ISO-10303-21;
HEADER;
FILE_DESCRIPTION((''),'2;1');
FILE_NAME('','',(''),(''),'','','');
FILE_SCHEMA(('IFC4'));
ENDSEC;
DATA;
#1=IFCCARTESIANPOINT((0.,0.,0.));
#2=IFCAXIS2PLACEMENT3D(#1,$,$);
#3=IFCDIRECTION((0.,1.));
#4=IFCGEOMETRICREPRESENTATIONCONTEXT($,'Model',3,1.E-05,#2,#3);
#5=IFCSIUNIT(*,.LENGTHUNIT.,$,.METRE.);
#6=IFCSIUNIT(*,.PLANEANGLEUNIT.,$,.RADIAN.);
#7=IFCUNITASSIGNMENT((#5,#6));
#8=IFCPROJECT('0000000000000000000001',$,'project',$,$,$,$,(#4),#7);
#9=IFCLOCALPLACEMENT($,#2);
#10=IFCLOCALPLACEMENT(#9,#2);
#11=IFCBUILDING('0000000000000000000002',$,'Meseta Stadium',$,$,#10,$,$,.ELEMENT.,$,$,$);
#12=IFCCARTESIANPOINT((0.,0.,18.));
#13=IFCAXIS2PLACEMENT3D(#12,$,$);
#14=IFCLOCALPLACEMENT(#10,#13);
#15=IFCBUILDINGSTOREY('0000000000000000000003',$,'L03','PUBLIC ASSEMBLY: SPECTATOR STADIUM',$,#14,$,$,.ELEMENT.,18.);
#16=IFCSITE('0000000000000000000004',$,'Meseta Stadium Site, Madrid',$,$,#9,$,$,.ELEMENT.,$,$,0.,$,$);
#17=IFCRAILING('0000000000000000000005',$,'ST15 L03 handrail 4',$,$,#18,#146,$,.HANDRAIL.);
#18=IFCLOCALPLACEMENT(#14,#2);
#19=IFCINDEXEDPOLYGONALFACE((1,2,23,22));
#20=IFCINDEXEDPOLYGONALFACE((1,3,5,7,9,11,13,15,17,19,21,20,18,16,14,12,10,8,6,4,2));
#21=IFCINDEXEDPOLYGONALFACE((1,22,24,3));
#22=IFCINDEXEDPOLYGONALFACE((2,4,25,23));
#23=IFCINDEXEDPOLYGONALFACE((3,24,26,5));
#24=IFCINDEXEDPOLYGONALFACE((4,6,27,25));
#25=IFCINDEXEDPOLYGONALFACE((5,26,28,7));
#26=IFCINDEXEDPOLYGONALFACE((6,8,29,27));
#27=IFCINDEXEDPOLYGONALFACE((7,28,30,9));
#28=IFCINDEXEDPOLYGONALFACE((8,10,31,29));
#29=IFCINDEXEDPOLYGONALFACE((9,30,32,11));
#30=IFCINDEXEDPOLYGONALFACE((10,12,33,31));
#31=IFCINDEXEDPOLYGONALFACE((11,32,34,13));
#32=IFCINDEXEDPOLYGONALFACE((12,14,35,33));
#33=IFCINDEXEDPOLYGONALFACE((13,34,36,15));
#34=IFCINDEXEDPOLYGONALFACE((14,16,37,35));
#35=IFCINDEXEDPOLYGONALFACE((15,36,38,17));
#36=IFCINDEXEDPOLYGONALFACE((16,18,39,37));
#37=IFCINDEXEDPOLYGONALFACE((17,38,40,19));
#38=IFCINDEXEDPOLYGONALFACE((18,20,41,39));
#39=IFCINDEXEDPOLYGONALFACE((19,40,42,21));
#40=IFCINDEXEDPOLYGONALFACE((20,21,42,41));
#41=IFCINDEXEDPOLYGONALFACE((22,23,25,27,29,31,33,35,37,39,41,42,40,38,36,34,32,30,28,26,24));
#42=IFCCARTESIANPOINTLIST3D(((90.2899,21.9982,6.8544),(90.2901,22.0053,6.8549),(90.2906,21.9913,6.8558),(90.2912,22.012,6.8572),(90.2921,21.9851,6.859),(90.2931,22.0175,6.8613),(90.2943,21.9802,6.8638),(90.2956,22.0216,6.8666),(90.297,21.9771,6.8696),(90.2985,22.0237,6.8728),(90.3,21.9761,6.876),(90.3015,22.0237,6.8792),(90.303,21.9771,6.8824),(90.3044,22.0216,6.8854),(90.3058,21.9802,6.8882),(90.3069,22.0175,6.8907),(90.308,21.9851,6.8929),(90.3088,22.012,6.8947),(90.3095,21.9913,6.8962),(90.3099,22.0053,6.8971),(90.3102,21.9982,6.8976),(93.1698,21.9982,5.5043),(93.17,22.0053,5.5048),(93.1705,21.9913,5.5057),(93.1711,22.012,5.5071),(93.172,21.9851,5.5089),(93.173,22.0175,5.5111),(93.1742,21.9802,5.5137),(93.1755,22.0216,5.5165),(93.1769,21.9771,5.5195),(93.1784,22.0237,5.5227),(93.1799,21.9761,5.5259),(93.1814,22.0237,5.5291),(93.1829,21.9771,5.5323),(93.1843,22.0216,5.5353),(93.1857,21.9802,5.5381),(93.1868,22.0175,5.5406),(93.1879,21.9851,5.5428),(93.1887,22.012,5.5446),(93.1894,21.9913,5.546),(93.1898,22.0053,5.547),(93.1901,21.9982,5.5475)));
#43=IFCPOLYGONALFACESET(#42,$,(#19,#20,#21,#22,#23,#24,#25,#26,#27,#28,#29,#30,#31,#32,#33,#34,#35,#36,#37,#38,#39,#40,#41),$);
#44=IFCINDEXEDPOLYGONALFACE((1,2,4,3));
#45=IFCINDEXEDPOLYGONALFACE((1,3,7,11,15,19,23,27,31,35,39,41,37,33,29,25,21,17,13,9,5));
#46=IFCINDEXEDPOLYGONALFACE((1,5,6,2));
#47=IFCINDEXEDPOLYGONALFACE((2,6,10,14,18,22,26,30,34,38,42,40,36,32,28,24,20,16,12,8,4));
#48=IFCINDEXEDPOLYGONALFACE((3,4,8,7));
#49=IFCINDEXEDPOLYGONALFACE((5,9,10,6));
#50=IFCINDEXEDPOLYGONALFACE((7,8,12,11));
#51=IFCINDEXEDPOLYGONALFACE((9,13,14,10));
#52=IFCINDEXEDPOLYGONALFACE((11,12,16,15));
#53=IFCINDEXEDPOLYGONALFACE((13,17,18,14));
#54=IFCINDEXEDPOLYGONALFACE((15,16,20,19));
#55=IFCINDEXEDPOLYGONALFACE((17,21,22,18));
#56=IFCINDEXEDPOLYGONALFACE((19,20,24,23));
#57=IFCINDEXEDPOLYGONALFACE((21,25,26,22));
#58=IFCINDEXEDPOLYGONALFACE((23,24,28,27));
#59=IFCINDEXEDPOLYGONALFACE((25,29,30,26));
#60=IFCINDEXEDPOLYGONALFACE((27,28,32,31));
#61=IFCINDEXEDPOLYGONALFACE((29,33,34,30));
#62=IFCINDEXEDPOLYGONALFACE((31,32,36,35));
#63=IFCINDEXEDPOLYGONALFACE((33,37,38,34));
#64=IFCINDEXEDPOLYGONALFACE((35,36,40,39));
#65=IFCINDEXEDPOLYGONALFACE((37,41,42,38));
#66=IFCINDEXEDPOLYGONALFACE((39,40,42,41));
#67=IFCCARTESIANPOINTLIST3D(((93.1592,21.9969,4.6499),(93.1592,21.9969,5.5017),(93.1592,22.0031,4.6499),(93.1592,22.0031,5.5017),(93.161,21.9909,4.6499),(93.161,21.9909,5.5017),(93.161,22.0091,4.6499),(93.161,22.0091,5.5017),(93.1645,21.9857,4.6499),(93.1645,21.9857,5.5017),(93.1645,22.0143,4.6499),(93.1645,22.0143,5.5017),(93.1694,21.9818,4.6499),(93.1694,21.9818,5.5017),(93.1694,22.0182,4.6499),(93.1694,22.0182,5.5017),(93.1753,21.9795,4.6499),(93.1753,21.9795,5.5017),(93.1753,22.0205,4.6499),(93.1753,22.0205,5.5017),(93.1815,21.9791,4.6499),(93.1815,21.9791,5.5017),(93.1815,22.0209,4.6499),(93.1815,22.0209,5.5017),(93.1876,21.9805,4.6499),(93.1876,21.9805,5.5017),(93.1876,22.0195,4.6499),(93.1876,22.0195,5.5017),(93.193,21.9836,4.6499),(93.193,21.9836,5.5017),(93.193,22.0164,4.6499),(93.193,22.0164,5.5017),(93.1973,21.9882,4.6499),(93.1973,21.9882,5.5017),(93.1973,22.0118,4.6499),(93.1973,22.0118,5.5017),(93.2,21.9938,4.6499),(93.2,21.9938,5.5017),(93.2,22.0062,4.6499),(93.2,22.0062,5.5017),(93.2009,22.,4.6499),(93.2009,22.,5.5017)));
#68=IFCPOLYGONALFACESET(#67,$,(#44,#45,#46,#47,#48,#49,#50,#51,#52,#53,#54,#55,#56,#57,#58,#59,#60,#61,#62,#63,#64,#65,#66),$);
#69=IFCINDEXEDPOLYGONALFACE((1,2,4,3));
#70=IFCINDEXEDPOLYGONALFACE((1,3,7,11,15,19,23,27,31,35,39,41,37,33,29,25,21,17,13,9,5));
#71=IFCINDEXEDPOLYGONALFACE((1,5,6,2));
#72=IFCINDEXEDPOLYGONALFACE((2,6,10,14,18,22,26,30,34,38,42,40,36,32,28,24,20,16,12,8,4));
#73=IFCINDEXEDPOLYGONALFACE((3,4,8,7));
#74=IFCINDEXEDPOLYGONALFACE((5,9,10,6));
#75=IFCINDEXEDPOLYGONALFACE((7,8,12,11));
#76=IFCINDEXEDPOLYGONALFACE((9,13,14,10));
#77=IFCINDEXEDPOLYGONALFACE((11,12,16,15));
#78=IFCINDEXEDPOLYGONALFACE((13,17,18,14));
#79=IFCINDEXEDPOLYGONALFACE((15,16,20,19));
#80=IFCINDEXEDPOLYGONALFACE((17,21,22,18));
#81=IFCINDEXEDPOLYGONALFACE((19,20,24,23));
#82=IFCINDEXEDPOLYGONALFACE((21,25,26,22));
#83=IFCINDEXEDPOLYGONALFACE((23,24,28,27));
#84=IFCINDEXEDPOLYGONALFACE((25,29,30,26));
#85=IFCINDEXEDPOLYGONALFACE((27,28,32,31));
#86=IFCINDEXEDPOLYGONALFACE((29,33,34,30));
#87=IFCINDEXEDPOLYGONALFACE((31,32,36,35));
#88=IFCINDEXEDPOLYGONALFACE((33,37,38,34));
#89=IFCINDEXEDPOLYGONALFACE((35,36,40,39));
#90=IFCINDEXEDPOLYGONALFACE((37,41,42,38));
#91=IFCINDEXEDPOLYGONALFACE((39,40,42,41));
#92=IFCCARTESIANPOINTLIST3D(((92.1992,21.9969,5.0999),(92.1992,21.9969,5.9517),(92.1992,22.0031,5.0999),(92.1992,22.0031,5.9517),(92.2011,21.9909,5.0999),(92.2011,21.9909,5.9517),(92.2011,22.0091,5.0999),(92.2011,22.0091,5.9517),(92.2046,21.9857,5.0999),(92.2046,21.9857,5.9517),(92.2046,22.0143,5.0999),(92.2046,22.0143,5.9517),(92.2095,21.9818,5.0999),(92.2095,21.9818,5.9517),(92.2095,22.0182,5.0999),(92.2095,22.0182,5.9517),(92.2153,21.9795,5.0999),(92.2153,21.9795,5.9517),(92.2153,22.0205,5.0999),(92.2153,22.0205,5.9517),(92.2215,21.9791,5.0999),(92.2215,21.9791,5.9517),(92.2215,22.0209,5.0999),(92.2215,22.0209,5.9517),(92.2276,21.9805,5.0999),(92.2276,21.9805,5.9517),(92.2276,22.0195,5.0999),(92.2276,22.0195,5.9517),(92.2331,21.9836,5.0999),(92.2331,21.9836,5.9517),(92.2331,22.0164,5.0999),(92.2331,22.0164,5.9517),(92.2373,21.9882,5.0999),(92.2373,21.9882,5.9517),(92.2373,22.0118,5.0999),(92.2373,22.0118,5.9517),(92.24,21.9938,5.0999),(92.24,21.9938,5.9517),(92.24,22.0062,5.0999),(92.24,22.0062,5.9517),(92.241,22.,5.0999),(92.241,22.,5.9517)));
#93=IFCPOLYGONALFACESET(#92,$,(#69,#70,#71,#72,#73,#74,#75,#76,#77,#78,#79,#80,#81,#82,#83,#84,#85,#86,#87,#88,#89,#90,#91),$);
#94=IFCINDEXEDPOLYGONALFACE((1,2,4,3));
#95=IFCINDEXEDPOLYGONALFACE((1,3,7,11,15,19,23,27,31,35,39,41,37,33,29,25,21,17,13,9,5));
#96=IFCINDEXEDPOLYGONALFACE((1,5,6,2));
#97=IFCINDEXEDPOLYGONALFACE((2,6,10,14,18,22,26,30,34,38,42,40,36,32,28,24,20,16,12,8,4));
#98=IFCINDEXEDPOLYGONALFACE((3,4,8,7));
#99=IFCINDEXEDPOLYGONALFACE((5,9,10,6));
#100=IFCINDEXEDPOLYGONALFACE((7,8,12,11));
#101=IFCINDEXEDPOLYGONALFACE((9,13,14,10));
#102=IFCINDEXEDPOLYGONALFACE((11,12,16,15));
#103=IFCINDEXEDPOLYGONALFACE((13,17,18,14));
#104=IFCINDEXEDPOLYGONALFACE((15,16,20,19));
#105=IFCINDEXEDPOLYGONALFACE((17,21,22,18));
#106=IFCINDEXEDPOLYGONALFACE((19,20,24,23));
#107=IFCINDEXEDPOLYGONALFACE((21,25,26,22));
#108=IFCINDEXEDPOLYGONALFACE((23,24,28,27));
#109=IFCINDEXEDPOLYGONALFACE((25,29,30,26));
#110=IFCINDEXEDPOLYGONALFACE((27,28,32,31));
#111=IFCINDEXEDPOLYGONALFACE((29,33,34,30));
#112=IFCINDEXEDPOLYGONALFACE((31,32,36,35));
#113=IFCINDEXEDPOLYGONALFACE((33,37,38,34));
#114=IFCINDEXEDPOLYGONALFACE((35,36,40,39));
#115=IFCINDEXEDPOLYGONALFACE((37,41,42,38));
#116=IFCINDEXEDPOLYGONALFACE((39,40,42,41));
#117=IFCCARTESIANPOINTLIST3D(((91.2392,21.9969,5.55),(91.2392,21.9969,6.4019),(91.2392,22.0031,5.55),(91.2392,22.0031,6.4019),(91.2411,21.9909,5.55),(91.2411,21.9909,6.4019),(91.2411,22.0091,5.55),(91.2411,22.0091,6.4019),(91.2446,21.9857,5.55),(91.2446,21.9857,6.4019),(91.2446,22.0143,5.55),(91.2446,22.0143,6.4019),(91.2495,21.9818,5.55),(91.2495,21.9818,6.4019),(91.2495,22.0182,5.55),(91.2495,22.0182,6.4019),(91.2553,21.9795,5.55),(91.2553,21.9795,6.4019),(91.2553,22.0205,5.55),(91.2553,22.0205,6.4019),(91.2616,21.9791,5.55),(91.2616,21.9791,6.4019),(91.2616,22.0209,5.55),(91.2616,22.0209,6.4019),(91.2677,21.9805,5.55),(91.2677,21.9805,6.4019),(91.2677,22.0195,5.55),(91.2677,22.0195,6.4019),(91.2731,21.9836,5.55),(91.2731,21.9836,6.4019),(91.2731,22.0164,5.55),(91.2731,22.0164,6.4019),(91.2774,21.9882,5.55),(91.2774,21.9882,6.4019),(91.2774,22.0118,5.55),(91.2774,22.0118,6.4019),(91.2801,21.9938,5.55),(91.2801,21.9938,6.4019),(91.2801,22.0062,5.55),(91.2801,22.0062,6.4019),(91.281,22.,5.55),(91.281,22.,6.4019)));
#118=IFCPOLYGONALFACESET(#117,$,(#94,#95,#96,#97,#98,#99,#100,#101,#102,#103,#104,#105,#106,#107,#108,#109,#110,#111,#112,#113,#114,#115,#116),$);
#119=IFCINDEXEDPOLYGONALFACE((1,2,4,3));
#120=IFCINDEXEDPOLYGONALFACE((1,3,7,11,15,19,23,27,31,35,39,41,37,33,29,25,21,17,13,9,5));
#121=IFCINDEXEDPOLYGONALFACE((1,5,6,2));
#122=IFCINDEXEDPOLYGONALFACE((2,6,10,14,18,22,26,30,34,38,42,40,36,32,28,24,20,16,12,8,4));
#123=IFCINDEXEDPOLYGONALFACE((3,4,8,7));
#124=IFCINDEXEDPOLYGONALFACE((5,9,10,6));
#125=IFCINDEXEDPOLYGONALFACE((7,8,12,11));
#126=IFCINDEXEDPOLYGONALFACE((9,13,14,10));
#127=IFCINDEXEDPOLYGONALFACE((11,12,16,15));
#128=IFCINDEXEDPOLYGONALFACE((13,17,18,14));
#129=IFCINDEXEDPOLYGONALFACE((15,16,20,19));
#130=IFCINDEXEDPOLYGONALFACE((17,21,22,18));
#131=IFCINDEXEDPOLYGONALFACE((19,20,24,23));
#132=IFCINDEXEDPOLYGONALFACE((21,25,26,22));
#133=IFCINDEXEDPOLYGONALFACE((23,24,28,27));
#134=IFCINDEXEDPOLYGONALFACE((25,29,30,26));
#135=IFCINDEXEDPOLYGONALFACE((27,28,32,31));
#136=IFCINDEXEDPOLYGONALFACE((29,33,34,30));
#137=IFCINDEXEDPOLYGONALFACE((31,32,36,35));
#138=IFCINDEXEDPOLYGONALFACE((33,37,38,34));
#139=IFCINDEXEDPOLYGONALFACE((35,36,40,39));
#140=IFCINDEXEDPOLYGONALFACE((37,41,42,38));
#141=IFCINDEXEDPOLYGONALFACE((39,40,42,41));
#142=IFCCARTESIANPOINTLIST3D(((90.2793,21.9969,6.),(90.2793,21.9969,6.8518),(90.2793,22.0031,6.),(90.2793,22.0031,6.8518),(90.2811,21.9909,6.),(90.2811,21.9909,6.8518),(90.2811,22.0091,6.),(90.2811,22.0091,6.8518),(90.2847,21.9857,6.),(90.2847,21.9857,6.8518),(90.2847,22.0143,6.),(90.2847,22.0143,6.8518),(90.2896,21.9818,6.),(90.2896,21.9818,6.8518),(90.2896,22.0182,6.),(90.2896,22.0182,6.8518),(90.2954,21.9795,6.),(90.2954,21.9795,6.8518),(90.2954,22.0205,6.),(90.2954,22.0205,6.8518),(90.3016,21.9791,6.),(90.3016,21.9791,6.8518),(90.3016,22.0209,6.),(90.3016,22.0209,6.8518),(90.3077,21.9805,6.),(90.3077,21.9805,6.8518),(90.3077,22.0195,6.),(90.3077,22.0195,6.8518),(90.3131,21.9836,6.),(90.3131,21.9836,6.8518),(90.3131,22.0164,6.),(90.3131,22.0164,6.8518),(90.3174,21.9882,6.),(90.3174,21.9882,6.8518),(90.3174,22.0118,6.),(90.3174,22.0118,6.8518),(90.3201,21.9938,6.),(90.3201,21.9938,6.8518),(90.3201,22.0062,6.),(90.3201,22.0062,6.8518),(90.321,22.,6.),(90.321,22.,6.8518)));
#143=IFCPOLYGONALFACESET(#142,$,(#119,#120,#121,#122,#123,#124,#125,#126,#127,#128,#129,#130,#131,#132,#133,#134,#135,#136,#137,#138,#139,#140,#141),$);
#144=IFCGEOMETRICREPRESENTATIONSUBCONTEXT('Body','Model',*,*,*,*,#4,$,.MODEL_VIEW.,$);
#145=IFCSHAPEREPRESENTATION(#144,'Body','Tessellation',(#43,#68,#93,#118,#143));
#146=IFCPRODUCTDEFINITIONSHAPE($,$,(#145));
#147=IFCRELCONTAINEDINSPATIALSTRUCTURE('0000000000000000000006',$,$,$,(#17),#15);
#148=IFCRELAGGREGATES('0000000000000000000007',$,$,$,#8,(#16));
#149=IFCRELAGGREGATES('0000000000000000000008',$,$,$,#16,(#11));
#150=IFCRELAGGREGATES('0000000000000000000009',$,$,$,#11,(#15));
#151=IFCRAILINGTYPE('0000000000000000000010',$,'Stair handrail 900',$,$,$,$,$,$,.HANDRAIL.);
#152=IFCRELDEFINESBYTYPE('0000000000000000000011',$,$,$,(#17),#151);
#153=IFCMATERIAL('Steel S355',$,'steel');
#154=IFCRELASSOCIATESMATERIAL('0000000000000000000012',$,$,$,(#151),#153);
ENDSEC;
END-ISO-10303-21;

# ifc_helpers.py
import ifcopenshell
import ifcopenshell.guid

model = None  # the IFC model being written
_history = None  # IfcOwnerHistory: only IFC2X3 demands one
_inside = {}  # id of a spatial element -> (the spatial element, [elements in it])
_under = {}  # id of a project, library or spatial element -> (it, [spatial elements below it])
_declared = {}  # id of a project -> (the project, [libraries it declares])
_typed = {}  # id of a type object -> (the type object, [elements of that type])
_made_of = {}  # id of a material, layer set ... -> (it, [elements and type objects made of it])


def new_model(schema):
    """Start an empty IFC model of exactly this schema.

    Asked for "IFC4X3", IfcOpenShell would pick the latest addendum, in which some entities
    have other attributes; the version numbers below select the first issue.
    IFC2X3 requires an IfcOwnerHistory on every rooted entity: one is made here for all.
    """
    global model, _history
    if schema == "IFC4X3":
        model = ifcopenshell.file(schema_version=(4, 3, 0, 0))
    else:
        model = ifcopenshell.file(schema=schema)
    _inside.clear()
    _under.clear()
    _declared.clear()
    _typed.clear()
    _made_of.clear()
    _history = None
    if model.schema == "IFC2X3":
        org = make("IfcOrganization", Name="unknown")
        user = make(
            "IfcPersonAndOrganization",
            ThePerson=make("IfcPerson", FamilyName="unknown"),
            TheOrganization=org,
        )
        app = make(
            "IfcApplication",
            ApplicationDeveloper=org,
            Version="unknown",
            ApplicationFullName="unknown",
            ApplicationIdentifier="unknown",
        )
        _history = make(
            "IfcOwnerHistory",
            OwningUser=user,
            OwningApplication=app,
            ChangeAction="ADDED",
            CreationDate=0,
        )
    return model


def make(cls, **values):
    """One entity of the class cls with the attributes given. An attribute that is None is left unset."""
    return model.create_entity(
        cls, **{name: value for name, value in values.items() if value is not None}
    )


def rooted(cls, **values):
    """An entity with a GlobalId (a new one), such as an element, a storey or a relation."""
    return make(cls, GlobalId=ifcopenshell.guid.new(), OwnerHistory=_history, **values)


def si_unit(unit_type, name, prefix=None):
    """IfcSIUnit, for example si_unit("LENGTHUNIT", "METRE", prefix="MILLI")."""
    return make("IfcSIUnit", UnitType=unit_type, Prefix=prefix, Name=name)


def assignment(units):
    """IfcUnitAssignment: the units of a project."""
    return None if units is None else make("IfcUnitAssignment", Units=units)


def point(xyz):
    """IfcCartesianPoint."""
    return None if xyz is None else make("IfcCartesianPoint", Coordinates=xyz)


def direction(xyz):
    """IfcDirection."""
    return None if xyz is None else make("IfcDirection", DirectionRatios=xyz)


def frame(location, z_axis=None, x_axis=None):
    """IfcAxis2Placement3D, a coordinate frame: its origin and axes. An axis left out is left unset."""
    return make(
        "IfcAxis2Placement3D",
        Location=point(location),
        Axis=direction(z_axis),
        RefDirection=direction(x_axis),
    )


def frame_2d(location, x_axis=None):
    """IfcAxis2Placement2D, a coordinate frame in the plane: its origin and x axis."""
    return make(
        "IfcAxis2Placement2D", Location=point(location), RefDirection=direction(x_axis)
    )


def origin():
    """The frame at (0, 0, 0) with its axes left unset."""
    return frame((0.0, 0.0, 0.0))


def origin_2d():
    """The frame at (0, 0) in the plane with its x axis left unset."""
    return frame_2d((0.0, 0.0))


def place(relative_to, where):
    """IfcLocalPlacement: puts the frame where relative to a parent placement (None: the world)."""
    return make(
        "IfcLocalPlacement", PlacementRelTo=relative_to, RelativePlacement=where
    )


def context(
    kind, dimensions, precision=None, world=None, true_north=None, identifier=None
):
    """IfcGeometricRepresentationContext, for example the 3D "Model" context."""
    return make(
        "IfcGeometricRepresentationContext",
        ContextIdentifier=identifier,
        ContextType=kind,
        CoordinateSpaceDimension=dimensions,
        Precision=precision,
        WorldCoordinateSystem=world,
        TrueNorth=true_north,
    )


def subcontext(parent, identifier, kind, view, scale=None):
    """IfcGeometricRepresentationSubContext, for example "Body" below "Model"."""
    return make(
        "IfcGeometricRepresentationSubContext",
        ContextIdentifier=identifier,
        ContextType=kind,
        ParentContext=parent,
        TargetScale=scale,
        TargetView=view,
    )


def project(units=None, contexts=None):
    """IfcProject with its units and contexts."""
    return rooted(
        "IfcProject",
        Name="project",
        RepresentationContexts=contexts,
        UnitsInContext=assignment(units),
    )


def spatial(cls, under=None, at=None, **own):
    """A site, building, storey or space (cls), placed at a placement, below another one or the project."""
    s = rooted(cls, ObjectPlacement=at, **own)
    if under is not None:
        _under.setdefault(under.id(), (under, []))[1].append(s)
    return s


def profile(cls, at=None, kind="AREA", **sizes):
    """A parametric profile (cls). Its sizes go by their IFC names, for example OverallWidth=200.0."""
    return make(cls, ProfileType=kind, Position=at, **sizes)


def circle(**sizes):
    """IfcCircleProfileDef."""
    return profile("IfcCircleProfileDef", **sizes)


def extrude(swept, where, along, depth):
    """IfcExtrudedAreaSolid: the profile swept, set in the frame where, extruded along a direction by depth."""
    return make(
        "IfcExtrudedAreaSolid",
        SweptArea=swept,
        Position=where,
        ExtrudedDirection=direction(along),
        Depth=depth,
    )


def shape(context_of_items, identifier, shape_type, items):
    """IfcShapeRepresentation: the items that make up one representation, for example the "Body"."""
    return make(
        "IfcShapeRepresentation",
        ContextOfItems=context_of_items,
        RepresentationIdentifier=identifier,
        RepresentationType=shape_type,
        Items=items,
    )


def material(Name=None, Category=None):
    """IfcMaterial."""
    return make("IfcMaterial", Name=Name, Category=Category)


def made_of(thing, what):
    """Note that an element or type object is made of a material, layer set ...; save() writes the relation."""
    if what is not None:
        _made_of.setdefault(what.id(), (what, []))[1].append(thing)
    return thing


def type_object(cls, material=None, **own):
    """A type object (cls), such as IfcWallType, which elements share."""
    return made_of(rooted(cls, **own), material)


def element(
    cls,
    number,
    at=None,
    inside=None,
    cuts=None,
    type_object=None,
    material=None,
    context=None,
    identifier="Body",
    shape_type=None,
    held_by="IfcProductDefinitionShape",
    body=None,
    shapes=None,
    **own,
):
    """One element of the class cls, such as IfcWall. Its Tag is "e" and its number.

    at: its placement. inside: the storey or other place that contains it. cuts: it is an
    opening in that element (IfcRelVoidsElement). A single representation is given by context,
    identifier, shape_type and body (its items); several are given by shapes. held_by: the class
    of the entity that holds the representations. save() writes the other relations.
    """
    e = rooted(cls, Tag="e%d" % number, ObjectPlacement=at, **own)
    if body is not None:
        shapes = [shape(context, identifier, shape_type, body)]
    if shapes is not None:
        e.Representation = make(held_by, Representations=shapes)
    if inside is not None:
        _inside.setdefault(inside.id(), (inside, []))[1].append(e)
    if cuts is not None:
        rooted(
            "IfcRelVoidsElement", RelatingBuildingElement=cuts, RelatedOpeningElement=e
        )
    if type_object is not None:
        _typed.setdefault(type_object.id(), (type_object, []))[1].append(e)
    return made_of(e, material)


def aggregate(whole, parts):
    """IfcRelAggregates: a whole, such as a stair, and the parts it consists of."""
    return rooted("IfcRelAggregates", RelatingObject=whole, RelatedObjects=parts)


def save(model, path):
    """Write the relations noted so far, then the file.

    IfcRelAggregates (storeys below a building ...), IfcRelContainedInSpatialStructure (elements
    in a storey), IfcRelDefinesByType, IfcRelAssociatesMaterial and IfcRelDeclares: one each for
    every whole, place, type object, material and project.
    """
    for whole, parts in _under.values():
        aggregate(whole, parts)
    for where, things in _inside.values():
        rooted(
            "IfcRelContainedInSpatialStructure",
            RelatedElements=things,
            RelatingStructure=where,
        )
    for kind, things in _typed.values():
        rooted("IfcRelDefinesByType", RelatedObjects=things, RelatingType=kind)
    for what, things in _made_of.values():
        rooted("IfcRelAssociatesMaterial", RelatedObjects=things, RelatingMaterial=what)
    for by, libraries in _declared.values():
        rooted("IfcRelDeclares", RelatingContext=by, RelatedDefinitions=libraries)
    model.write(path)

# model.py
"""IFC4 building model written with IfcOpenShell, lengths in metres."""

from ifc_helpers import new_model, si_unit, direction, frame, origin, origin_2d, place, context, subcontext, project, spatial, circle, extrude, material, type_object, element, save


model = new_model("IFC4")

# Units and contexts
model_context = context("Model", 3, precision=1e-05, world=origin(), true_north=direction((0.0, 1.0)))
body_context = subcontext(model_context, "Body", "Model", "MODEL_VIEW")
ifc_project = project(units=[si_unit("LENGTHUNIT", "METRE"), si_unit("PLANEANGLEUNIT", "RADIAN")], contexts=[model_context])

# Site, building, storey
site_placement = place(None, origin())
site = spatial("IfcSite", under=ifc_project, at=site_placement, Name="Meseta Stadium Site, Madrid", CompositionType="ELEMENT", RefElevation=0.0)
building_placement = place(site_placement, origin())
building = spatial("IfcBuilding", under=site, at=building_placement, Name="Meseta Stadium", CompositionType="ELEMENT")
storey_placement = place(building_placement, frame((0.0, 0.0, 18.0)))
storey = spatial("IfcBuildingStorey", under=building, at=storey_placement, Name="L03", Description="PUBLIC ASSEMBLY: SPECTATOR STADIUM", CompositionType="ELEMENT", Elevation=18.0)

# Railing
ifc_material_1 = material(Name="Steel S355", Category="steel")
railing_type_1 = type_object("IfcRailingType", Name="Stair handrail 900", PredefinedType="HANDRAIL", material=ifc_material_1)
for number, where, name in (
    (1, (93.1799, 22.0, 4.6499), "ST15 L03 handrail 4"),
):
    element("IfcRailing", number, at=place(storey_placement, frame(where)), inside=storey, type_object=railing_type_1, Name=name, PredefinedType="HANDRAIL", context=body_context, shape_type="SweptSolid", body=[
        extrude(circle(Radius=0.0239, at=origin_2d()), frame((0.0, 0.0, 0.876), z_axis=(-0.90544, 0.0, 0.424473), x_axis=(0.0, -1.0, 0.0)), (0.0, 0.0, 1.0), 3.1807),
        extrude(circle(Radius=0.021, at=origin_2d()), origin(), (0.0, 0.0, 1.0), 0.8518),
        extrude(circle(Radius=0.021, at=origin_2d()), frame((-0.96, 0.0, 0.45)), (0.0, 0.0, 1.0), 0.8518),
        extrude(circle(Radius=0.021, at=origin_2d()), frame((-1.9199, 0.0, 0.9001)), (0.0, 0.0, 1.0), 0.8518),
        extrude(circle(Radius=0.021, at=origin_2d()), frame((-2.8799, 0.0, 1.3501)), (0.0, 0.0, 1.0), 0.8518),
    ])

save(model, "model.ifc")
